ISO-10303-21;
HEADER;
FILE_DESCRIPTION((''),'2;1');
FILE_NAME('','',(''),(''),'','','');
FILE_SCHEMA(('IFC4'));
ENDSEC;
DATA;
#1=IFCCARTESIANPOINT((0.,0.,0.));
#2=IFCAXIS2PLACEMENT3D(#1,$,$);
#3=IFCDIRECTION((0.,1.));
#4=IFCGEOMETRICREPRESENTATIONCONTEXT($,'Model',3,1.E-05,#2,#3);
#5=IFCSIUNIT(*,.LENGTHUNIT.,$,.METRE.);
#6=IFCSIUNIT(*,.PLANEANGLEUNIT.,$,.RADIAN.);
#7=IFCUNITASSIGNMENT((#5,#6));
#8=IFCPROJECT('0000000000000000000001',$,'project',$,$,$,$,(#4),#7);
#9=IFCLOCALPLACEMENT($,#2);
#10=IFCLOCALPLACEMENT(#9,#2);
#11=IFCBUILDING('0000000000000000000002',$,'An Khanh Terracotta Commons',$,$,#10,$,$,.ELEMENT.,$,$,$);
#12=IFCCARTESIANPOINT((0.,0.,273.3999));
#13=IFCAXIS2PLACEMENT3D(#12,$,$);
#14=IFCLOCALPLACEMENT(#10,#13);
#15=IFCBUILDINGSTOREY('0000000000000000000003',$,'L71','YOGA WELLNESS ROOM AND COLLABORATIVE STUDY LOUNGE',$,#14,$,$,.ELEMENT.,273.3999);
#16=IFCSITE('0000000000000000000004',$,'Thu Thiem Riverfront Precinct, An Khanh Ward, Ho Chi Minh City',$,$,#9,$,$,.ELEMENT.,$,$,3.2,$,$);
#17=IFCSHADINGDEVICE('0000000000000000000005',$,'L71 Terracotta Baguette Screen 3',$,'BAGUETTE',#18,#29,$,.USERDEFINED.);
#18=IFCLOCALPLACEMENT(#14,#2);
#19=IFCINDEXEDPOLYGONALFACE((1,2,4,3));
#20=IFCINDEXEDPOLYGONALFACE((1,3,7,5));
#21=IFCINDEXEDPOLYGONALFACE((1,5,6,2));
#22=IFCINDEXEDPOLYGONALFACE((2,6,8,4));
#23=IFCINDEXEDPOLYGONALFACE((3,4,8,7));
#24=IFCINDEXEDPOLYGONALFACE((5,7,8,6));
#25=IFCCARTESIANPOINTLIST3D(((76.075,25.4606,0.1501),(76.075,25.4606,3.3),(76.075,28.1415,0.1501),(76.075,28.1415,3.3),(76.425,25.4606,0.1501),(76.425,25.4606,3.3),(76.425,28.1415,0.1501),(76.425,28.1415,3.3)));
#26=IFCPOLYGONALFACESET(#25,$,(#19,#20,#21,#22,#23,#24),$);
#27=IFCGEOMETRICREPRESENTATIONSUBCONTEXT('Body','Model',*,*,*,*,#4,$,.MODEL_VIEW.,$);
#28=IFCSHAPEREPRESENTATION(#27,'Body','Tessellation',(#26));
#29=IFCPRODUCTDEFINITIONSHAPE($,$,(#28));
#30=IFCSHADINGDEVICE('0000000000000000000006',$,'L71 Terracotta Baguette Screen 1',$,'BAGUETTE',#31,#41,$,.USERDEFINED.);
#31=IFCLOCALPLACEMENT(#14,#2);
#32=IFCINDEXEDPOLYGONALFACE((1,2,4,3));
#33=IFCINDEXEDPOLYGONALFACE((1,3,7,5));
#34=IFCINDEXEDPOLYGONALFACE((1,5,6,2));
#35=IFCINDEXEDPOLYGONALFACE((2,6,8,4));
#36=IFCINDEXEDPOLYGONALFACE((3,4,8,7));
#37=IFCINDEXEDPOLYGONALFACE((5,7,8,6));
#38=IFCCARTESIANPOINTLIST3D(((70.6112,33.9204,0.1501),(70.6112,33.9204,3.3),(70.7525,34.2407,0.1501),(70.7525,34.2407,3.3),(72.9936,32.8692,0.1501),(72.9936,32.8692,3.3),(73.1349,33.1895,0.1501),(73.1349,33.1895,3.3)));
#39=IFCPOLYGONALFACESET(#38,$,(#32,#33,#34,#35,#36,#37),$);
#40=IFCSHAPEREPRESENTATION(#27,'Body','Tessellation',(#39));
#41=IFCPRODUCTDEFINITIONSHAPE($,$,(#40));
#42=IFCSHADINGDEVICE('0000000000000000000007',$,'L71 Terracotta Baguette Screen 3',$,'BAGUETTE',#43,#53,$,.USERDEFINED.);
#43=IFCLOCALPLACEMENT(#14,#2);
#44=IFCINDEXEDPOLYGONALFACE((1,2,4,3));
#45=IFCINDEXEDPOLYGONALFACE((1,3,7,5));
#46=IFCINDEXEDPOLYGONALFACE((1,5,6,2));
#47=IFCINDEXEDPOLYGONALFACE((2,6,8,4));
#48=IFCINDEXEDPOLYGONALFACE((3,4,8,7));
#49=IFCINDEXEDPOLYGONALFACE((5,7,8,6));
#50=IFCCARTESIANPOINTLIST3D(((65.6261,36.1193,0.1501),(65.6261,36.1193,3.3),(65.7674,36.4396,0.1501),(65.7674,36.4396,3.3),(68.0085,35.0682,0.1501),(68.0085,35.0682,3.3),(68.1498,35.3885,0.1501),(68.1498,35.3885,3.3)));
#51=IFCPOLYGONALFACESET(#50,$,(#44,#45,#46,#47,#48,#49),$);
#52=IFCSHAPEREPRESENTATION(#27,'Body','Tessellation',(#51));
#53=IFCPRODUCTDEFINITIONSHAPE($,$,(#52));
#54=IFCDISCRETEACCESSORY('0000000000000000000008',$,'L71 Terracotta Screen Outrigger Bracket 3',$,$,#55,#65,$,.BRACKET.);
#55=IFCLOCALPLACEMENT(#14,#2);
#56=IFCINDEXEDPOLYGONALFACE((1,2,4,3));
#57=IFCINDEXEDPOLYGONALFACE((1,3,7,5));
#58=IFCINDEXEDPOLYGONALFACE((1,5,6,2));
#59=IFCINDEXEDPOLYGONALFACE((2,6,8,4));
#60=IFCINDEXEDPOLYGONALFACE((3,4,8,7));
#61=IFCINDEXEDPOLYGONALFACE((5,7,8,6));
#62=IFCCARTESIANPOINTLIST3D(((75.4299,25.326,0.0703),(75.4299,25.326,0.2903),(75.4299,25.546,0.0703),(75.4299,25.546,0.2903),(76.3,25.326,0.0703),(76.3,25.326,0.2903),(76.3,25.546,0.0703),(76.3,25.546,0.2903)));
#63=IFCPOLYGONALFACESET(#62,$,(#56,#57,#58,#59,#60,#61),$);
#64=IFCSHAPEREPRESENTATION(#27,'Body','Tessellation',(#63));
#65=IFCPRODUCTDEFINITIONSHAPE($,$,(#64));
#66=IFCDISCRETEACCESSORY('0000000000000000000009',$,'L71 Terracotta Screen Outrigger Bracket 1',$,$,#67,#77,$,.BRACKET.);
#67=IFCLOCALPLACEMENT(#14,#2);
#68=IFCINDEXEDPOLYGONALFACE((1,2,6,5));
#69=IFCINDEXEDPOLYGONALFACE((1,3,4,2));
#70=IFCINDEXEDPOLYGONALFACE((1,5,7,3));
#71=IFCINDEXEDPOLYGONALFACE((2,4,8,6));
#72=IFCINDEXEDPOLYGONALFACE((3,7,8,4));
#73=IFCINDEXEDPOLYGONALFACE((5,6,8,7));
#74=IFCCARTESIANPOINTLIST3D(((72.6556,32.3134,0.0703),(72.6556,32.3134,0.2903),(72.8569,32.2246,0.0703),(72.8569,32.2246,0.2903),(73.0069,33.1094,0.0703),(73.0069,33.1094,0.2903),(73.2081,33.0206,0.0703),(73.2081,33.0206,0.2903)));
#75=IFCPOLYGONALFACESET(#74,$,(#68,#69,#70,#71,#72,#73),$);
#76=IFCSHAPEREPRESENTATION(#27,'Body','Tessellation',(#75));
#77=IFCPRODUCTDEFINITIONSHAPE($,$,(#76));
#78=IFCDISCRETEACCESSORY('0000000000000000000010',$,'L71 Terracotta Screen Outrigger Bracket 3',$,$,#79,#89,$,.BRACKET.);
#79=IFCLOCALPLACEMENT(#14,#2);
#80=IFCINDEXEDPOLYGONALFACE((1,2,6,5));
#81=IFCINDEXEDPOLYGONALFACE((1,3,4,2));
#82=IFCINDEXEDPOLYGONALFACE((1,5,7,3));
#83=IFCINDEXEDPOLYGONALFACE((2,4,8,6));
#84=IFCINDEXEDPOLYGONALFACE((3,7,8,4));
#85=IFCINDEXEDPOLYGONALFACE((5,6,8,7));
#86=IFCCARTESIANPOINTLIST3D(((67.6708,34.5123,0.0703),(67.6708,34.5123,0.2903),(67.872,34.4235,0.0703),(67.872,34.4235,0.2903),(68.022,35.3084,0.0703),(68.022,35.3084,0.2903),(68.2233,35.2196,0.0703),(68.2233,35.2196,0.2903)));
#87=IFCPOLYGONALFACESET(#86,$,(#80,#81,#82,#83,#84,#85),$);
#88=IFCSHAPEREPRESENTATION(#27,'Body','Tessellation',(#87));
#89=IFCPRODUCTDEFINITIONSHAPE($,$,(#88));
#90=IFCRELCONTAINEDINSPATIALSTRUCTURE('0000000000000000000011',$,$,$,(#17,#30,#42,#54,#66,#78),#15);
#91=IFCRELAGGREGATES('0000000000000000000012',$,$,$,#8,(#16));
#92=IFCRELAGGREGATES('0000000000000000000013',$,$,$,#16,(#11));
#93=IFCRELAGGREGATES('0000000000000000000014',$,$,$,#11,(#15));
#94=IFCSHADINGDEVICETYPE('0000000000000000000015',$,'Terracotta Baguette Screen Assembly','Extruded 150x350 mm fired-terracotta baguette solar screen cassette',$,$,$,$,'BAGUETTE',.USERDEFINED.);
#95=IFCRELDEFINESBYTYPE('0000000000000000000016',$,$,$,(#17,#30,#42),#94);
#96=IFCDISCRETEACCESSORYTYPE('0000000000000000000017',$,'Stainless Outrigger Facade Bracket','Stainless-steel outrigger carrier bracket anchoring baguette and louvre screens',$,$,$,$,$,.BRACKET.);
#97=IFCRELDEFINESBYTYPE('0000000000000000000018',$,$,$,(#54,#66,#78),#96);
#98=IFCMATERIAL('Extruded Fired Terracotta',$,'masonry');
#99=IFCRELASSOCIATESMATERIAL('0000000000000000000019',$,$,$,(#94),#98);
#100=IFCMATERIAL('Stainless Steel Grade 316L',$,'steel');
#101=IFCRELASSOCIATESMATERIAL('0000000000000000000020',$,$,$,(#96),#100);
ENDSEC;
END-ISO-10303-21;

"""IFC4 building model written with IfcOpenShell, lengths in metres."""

from ifc_helpers import new_model, si_unit, direction, frame, origin, origin_2d, place, context, subcontext, project, spatial, rectangle, extrude, material, type_object, element, save


model = new_model("IFC4")

# Units and contexts
model_context = context("Model", 3, precision=1e-05, world=origin(), true_north=direction((0.0, 1.0)))
body_context = subcontext(model_context, "Body", "Model", "MODEL_VIEW")
ifc_project = project(units=[si_unit("LENGTHUNIT", "METRE"), si_unit("PLANEANGLEUNIT", "RADIAN")], contexts=[model_context])

# Site, building, storey
site_placement = place(None, origin())
site = spatial("IfcSite", under=ifc_project, at=site_placement, Name="Thu Thiem Riverfront Precinct, An Khanh Ward, Ho Chi Minh City", CompositionType="ELEMENT", RefElevation=3.2)
building_placement = place(site_placement, origin())
building = spatial("IfcBuilding", under=site, at=building_placement, Name="An Khanh Terracotta Commons", CompositionType="ELEMENT")
storey_placement = place(building_placement, frame((0.0, 0.0, 273.3999)))
storey = spatial("IfcBuildingStorey", under=building, at=storey_placement, Name="L71", Description="YOGA WELLNESS ROOM AND COLLABORATIVE STUDY LOUNGE", CompositionType="ELEMENT", Elevation=273.3999)

# Shading devices
ifc_material_1 = material(Name="Extruded Fired Terracotta", Category="masonry")
shading_device_type = type_object("IfcShadingDeviceType", Name="Terracotta Baguette Screen Assembly", Description="Extruded 150x350 mm fired-terracotta baguette solar screen cassette", ElementType="BAGUETTE", PredefinedType="USERDEFINED", material=ifc_material_1)
shading_device_placement = place(storey_placement, frame((76.25, 26.801, 0.1501), z_axis=(0.0, 0.0, 1.0), x_axis=(0.0, 1.0, 0.0)))
element("IfcShadingDevice", 1, at=shading_device_placement, inside=storey, type_object=shading_device_type, Name="L71 Terracotta Baguette Screen 3", ObjectType="BAGUETTE", PredefinedType="USERDEFINED", context=body_context, shape_type="SweptSolid", body=[
    extrude(rectangle(XDim=2.6809, YDim=0.3501, at=origin_2d()), origin(), (0.0, 0.0, 1.0), 3.1499),
])
for number, where, z_axis, x_axis, name in (
    (2, (71.873, 33.5549, 0.1501), (0.0, 0.0, 1.0), (-0.914902, 0.403676, 0.0), "L71 Terracotta Baguette Screen 1"),
    (3, (66.8879, 35.7539, 0.1501), (0.0, 0.0, 1.0), (-0.914902, 0.403676, 0.0), "L71 Terracotta Baguette Screen 3"),
):
    element("IfcShadingDevice", number, at=place(storey_placement, frame(where, z_axis=z_axis, x_axis=x_axis)), inside=storey, type_object=shading_device_type, Name=name, ObjectType="BAGUETTE", PredefinedType="USERDEFINED", context=body_context, shape_type="SweptSolid", body=[
        extrude(rectangle(XDim=2.604, YDim=0.3501, at=origin_2d()), origin(), (0.0, 0.0, 1.0), 3.1499),
    ])

# Discrete accessories
ifc_material_2 = material(Name="Stainless Steel Grade 316L", Category="steel")
discrete_accessory_type = type_object("IfcDiscreteAccessoryType", Name="Stainless Outrigger Facade Bracket", Description="Stainless-steel outrigger carrier bracket anchoring baguette and louvre screens", PredefinedType="BRACKET", material=ifc_material_2)
for number, where, z_axis, x_axis, name in (
    (4, (75.865, 25.436, 0.0703), (0.0, 0.0, 1.0), (0.0, 1.0, 0.0), "L71 Terracotta Screen Outrigger Bracket 3"),
    (5, (72.9319, 32.667, 0.0703), (0.0, 0.0, 1.0), (-0.914902, 0.403676, 0.0), "L71 Terracotta Screen Outrigger Bracket 1"),
    (6, (67.947, 34.866, 0.0703), (0.0, 0.0, 1.0), (-0.914902, 0.403676, 0.0), "L71 Terracotta Screen Outrigger Bracket 3"),
):
    element("IfcDiscreteAccessory", number, at=place(storey_placement, frame(where, z_axis=z_axis, x_axis=x_axis)), inside=storey, type_object=discrete_accessory_type, Name=name, PredefinedType="BRACKET", context=body_context, shape_type="SweptSolid", body=[
        extrude(rectangle(XDim=0.22, YDim=0.8701, at=origin_2d()), origin(), (0.0, 0.0, 1.0), 0.22),
    ])

save(model, "model.ifc")
